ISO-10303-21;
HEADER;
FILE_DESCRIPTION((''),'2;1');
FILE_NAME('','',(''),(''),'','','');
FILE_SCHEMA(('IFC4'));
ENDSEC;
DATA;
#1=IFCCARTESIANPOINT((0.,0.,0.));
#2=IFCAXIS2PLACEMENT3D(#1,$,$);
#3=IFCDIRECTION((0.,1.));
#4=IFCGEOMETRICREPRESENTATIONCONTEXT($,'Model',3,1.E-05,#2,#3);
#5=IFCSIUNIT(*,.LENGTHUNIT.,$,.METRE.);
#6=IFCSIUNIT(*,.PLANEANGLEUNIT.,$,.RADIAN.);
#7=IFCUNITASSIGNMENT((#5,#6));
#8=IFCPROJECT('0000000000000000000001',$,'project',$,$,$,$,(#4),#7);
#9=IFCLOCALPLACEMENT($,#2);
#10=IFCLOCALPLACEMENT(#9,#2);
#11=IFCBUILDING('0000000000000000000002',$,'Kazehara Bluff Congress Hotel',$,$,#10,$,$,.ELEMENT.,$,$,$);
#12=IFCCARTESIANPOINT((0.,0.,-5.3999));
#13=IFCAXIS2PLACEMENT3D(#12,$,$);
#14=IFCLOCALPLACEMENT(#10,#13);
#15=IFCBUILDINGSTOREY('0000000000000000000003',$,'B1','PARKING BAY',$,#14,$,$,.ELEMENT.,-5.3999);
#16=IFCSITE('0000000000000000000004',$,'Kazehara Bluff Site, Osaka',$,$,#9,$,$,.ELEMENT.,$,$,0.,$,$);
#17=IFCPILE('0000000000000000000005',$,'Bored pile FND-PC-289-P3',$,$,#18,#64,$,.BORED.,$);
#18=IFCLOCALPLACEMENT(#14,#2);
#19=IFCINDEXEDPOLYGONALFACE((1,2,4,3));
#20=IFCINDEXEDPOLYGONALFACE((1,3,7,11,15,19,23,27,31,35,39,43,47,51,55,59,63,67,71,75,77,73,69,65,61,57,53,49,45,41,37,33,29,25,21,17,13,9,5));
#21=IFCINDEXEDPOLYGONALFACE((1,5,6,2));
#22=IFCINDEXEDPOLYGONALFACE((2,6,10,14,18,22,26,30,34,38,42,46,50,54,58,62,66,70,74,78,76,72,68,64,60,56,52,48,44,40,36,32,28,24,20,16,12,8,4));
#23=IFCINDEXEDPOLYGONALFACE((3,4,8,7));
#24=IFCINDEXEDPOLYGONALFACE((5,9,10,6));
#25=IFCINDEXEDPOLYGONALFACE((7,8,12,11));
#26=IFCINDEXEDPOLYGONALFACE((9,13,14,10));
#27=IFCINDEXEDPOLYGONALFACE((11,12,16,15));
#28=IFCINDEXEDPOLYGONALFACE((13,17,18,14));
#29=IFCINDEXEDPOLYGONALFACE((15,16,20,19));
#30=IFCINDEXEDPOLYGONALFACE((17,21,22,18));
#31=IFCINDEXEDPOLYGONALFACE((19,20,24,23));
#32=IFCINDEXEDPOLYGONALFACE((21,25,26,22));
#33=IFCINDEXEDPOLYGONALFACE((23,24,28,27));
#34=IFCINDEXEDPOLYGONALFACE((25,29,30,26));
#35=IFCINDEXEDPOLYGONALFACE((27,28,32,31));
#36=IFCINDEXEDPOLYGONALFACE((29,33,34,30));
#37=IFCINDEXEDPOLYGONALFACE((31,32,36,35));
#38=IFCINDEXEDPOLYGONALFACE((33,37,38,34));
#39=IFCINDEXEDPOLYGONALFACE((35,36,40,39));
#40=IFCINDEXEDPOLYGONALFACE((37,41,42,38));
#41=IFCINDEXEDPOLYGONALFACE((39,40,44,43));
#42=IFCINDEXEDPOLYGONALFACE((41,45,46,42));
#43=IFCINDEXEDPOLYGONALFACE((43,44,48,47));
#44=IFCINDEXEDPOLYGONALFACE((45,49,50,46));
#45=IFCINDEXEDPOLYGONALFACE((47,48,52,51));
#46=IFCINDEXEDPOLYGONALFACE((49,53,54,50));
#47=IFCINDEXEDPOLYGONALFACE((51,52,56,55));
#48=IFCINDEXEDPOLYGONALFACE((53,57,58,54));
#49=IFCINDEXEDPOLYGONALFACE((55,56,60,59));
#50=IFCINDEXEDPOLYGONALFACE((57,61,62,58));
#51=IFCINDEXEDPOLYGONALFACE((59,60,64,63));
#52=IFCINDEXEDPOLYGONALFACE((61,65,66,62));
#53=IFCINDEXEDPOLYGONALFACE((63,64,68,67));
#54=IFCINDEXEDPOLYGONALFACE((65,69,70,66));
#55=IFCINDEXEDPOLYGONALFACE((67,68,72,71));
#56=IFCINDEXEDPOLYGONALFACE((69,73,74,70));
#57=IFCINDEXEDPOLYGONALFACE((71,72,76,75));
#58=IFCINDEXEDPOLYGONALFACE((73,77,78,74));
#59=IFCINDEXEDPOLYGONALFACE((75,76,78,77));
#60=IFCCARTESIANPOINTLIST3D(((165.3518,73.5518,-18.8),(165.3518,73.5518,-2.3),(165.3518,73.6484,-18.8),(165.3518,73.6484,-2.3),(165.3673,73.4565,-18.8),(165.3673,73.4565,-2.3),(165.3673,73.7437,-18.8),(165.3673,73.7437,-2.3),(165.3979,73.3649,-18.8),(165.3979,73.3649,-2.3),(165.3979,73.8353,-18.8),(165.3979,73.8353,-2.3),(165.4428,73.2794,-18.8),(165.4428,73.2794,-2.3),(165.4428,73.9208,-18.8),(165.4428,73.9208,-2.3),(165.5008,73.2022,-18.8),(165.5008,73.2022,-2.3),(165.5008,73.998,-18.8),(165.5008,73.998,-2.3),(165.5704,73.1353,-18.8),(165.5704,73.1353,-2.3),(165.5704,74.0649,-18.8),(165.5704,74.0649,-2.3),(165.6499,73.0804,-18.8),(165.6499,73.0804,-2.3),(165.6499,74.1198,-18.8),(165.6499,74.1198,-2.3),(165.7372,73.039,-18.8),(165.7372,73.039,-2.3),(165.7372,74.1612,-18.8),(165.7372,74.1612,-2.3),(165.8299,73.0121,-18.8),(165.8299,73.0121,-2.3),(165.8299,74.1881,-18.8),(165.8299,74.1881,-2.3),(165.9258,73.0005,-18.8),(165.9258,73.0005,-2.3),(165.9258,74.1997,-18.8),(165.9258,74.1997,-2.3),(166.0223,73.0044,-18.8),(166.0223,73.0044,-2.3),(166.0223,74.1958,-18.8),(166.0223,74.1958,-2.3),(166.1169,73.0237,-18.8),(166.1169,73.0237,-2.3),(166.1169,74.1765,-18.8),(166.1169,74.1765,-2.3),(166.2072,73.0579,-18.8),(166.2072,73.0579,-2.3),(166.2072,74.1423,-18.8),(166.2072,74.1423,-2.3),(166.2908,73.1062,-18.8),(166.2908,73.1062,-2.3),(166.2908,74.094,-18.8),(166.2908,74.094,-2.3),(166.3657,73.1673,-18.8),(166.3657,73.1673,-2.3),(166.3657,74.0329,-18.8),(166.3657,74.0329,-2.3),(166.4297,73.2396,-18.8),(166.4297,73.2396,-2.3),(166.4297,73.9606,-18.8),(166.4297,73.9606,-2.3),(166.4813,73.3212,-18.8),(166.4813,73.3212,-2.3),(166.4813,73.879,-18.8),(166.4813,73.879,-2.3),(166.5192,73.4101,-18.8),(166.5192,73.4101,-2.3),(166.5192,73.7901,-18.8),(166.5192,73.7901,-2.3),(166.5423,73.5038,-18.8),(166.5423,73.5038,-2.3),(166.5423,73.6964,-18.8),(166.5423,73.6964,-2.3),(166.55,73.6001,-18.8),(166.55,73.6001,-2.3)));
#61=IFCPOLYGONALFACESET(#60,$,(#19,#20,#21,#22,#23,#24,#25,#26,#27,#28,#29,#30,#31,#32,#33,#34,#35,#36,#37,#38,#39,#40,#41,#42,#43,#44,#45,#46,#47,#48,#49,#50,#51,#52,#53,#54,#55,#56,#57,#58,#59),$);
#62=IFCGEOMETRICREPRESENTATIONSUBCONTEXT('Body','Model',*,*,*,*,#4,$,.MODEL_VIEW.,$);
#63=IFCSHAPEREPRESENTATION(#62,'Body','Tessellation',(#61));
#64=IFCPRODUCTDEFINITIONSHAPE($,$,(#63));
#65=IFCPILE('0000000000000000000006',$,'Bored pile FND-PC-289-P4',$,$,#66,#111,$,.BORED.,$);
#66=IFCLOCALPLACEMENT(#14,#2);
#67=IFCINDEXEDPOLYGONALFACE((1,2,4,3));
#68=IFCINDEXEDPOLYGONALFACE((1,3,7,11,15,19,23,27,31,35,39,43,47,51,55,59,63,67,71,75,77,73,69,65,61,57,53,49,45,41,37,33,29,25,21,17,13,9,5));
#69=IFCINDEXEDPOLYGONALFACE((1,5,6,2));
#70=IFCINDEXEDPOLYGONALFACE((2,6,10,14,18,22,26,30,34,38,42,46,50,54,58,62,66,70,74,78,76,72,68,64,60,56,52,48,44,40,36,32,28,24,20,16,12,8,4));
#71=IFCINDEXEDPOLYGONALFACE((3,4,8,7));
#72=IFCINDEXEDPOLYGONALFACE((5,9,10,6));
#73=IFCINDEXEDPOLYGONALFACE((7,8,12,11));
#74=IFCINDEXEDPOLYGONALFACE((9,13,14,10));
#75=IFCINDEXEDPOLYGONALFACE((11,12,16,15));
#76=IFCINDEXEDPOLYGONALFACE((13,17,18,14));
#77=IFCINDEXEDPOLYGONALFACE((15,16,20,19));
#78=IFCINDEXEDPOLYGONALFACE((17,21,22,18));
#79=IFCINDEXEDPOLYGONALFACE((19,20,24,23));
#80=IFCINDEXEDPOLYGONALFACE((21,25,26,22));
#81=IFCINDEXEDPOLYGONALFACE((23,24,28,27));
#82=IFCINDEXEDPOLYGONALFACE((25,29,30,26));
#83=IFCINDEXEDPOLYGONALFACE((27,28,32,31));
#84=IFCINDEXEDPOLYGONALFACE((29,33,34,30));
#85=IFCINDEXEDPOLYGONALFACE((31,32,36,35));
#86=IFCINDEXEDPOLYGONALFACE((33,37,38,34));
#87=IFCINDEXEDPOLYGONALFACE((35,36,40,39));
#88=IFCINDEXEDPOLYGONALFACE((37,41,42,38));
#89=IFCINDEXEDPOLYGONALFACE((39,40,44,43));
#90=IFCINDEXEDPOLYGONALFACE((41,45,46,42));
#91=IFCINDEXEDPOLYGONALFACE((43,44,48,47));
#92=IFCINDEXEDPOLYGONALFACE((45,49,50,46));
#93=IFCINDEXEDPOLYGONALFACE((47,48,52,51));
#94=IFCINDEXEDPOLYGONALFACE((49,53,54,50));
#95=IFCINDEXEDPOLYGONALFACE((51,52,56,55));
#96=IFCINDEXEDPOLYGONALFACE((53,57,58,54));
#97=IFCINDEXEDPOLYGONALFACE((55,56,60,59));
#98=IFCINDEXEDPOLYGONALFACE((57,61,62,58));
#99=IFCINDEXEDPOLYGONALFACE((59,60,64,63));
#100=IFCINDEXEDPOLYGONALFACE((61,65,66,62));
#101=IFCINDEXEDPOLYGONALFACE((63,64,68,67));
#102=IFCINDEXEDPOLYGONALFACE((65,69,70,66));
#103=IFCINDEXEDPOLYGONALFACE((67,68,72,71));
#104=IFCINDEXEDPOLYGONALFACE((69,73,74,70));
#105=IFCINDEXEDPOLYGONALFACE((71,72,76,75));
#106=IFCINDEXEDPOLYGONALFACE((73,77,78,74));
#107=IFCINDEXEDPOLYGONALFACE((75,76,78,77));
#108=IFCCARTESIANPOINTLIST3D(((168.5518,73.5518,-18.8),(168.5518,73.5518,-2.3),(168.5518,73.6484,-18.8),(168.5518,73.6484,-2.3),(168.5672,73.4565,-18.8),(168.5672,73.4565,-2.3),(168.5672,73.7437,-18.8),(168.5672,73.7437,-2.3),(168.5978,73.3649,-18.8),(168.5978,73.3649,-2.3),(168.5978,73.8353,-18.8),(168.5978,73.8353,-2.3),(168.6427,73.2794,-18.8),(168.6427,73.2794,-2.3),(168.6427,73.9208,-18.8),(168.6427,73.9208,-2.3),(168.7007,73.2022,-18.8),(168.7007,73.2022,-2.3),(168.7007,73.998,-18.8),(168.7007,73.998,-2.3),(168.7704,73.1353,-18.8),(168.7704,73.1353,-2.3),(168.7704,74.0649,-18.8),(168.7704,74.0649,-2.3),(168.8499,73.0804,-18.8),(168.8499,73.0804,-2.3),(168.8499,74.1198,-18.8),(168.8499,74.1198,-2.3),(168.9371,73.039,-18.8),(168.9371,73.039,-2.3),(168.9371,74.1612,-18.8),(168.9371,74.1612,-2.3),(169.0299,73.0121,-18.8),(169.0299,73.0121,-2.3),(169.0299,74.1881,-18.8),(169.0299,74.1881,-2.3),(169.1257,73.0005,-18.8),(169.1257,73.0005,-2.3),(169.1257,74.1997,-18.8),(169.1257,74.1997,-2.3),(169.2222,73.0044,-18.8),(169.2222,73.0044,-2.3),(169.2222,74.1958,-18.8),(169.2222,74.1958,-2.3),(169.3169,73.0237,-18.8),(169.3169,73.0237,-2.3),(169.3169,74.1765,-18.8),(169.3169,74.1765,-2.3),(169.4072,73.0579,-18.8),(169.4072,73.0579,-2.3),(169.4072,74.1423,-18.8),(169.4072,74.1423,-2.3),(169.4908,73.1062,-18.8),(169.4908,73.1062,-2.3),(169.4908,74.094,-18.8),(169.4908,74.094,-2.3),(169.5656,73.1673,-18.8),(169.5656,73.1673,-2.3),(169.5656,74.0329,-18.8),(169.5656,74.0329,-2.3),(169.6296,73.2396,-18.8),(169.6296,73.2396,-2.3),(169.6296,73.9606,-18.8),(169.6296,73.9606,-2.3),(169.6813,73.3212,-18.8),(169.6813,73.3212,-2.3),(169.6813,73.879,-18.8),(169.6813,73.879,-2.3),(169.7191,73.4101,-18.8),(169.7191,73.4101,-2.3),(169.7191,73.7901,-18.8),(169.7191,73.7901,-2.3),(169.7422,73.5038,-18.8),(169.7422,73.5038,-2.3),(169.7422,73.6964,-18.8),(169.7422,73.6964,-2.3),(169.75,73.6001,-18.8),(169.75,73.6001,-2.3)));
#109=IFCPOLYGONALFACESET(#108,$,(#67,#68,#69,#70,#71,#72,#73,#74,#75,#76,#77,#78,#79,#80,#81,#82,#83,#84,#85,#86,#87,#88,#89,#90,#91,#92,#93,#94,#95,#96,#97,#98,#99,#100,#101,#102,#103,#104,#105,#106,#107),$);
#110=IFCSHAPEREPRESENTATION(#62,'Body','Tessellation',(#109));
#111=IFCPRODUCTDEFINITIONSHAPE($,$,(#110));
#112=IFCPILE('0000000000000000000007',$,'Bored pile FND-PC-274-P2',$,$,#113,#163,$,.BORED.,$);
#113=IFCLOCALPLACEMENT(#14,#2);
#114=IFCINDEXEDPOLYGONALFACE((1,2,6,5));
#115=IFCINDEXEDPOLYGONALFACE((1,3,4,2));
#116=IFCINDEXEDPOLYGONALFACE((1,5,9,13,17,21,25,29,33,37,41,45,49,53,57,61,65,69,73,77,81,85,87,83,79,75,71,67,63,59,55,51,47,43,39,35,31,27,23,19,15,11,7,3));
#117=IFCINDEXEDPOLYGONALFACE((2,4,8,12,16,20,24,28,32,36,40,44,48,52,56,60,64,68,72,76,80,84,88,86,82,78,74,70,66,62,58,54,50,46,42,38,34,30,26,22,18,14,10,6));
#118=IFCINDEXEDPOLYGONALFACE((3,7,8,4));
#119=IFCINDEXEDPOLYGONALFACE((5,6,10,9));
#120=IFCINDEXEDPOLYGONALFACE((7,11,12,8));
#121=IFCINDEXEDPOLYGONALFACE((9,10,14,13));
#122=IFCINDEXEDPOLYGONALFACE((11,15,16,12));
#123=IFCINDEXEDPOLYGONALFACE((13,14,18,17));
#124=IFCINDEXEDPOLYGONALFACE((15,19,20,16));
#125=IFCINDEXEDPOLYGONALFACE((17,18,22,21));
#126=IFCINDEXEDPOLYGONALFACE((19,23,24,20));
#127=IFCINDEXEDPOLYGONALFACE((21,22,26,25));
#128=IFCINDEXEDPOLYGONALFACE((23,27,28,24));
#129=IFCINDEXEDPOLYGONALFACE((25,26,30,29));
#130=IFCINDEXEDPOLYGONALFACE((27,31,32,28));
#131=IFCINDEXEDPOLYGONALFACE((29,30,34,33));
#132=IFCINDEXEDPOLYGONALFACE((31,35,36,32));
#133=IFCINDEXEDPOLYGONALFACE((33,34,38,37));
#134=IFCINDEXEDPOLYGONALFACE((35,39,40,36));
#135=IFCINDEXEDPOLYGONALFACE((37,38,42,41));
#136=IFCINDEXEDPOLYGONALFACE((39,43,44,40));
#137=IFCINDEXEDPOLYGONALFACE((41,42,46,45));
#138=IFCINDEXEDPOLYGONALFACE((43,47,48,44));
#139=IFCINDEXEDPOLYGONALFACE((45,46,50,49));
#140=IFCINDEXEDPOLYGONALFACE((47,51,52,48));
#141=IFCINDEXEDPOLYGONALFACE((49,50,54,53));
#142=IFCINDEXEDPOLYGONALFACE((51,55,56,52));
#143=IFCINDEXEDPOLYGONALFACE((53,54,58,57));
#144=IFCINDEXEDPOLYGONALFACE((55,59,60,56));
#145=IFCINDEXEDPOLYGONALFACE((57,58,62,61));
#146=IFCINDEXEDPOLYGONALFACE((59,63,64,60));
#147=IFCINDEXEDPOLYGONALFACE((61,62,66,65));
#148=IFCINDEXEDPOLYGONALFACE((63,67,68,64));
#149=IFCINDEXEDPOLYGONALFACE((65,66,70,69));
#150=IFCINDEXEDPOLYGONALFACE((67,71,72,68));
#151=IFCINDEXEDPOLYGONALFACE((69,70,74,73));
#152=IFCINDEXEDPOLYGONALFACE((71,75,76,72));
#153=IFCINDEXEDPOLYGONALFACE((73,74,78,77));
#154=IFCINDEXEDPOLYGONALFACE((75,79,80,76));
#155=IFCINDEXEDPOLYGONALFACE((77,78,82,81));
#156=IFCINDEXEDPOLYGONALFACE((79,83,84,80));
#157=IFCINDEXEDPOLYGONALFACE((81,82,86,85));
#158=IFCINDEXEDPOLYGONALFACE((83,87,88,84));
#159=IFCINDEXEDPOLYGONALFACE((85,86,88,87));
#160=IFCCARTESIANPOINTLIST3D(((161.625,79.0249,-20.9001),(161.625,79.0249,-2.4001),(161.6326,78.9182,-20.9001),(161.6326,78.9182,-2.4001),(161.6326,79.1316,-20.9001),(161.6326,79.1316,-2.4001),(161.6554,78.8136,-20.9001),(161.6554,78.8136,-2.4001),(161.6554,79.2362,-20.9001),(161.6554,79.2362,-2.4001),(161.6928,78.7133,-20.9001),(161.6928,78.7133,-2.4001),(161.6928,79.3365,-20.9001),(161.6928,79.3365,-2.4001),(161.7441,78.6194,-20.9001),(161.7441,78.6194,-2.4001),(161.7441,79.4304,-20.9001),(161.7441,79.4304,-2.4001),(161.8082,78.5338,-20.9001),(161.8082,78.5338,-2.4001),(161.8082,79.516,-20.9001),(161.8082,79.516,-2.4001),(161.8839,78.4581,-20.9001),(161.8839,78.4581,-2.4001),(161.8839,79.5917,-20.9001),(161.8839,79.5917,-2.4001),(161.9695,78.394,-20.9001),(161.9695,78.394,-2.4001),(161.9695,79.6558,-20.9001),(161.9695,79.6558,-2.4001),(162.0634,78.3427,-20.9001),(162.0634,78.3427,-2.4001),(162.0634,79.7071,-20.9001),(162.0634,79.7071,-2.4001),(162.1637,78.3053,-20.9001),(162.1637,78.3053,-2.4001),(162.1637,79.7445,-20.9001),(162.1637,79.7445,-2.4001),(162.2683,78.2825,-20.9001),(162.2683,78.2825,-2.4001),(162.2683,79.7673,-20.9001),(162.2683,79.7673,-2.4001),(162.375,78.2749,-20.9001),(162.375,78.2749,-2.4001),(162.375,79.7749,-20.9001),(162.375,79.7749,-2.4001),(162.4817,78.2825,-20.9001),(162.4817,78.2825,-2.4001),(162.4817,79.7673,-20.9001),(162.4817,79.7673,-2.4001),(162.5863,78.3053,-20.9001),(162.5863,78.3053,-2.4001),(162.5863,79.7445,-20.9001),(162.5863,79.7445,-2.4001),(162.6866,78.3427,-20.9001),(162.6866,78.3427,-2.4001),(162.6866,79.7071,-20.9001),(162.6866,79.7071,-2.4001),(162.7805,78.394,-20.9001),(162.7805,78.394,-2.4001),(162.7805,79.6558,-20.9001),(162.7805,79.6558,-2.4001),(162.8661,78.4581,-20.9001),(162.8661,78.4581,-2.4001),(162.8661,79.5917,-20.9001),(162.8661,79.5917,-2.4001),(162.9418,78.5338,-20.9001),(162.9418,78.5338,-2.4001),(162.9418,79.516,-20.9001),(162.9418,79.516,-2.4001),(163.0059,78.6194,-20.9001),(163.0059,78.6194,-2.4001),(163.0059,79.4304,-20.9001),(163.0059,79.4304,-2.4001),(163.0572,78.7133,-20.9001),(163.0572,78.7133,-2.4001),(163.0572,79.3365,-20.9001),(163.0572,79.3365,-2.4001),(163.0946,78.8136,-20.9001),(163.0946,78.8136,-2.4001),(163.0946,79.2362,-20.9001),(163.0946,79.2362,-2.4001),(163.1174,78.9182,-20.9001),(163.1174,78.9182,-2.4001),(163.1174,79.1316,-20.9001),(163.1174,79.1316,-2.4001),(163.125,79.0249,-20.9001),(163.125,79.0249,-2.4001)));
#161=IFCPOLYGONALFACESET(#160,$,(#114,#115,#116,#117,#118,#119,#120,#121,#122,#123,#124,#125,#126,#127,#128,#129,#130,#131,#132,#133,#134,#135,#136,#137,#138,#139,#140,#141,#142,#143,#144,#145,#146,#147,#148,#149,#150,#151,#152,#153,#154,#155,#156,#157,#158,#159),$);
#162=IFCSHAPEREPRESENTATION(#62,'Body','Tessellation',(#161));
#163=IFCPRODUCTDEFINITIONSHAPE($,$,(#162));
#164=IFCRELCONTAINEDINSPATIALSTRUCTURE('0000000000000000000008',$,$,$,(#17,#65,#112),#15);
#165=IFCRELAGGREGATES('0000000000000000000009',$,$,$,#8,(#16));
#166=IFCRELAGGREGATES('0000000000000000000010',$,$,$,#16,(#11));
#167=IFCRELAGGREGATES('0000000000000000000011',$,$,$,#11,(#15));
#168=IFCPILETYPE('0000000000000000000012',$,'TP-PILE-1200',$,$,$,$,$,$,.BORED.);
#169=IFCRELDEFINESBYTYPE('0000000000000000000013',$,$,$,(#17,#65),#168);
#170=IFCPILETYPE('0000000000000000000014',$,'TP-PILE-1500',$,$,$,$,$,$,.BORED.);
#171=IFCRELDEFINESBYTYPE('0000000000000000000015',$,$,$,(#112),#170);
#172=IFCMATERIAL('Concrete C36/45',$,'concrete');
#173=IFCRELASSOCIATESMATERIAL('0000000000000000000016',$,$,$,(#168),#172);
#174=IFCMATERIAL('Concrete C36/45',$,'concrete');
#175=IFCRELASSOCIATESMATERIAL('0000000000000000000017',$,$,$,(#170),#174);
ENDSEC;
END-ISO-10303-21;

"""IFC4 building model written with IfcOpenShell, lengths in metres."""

from ifc_helpers import new_model, si_unit, direction, frame, origin, origin_2d, place, context, subcontext, project, spatial, circle, extrude, material, material_profile, profile_set, type_object, element, save


model = new_model("IFC4")

# Units and contexts
model_context = context("Model", 3, precision=1e-05, world=origin(), true_north=direction((0.0, 1.0)))
body_context = subcontext(model_context, "Body", "Model", "MODEL_VIEW")
ifc_project = project(units=[si_unit("LENGTHUNIT", "METRE"), si_unit("PLANEANGLEUNIT", "RADIAN")], contexts=[model_context])

# Site, building, storey
site_placement = place(None, origin())
site = spatial("IfcSite", under=ifc_project, at=site_placement, Name="Kazehara Bluff Site, Osaka", CompositionType="ELEMENT", RefElevation=0.0)
building_placement = place(site_placement, origin())
building = spatial("IfcBuilding", under=site, at=building_placement, Name="Kazehara Bluff Congress Hotel", CompositionType="ELEMENT")
storey_placement = place(building_placement, frame((0.0, 0.0, -5.3999)))
storey = spatial("IfcBuildingStorey", under=building, at=storey_placement, Name="B1", Description="PARKING BAY", CompositionType="ELEMENT", Elevation=-5.3999)

# Piles
ifc_material_1 = material(Name="Concrete C36/45", Category="concrete")
ifc_material_profile_1 = material_profile(ifc_material_1, circle(Radius=0.6001, at=origin_2d()))
ifc_profile_set_1 = profile_set([ifc_material_profile_1], Name="Concrete C36/45")
pile_type_1 = type_object("IfcPileType", Name="TP-PILE-1200", PredefinedType="BORED", material=ifc_profile_set_1)
for number, where, z_axis, x_axis, name in (
    (1, (165.95, 73.6001, -2.3), (0.0, 0.0, -1.0), (1.0, 0.0, 0.0), "Bored pile FND-PC-289-P3"),
    (2, (169.1499, 73.6001, -2.3), (0.0, 0.0, -1.0), (1.0, 0.0, 0.0), "Bored pile FND-PC-289-P4"),
):
    element("IfcPile", number, at=place(storey_placement, frame(where, z_axis=z_axis, x_axis=x_axis)), inside=storey, type_object=pile_type_1, Name=name, PredefinedType="BORED", context=body_context, shape_type="SweptSolid", body=[
        extrude(circle(Radius=0.6001, at=origin_2d()), origin(), (0.0, 0.0, 1.0), 16.5),
    ])
ifc_material_2 = material(Name="Concrete C36/45", Category="concrete")
ifc_material_profile_2 = material_profile(ifc_material_2, circle(Radius=0.75, at=origin_2d()))
ifc_profile_set_2 = profile_set([ifc_material_profile_2], Name="Concrete C36/45")
pile_type_2 = type_object("IfcPileType", Name="TP-PILE-1500", PredefinedType="BORED", material=ifc_profile_set_2)
for number, where, z_axis, x_axis, name in (
    (3, (162.375, 79.0249, -2.4001), (0.0, 0.0, -1.0), (1.0, 0.0, 0.0), "Bored pile FND-PC-274-P2"),
):
    element("IfcPile", number, at=place(storey_placement, frame(where, z_axis=z_axis, x_axis=x_axis)), inside=storey, type_object=pile_type_2, Name=name, PredefinedType="BORED", context=body_context, shape_type="SweptSolid", body=[
        extrude(circle(Radius=0.75, at=origin_2d()), origin(), (0.0, 0.0, 1.0), 18.5),
    ])

save(model, "model.ifc")
